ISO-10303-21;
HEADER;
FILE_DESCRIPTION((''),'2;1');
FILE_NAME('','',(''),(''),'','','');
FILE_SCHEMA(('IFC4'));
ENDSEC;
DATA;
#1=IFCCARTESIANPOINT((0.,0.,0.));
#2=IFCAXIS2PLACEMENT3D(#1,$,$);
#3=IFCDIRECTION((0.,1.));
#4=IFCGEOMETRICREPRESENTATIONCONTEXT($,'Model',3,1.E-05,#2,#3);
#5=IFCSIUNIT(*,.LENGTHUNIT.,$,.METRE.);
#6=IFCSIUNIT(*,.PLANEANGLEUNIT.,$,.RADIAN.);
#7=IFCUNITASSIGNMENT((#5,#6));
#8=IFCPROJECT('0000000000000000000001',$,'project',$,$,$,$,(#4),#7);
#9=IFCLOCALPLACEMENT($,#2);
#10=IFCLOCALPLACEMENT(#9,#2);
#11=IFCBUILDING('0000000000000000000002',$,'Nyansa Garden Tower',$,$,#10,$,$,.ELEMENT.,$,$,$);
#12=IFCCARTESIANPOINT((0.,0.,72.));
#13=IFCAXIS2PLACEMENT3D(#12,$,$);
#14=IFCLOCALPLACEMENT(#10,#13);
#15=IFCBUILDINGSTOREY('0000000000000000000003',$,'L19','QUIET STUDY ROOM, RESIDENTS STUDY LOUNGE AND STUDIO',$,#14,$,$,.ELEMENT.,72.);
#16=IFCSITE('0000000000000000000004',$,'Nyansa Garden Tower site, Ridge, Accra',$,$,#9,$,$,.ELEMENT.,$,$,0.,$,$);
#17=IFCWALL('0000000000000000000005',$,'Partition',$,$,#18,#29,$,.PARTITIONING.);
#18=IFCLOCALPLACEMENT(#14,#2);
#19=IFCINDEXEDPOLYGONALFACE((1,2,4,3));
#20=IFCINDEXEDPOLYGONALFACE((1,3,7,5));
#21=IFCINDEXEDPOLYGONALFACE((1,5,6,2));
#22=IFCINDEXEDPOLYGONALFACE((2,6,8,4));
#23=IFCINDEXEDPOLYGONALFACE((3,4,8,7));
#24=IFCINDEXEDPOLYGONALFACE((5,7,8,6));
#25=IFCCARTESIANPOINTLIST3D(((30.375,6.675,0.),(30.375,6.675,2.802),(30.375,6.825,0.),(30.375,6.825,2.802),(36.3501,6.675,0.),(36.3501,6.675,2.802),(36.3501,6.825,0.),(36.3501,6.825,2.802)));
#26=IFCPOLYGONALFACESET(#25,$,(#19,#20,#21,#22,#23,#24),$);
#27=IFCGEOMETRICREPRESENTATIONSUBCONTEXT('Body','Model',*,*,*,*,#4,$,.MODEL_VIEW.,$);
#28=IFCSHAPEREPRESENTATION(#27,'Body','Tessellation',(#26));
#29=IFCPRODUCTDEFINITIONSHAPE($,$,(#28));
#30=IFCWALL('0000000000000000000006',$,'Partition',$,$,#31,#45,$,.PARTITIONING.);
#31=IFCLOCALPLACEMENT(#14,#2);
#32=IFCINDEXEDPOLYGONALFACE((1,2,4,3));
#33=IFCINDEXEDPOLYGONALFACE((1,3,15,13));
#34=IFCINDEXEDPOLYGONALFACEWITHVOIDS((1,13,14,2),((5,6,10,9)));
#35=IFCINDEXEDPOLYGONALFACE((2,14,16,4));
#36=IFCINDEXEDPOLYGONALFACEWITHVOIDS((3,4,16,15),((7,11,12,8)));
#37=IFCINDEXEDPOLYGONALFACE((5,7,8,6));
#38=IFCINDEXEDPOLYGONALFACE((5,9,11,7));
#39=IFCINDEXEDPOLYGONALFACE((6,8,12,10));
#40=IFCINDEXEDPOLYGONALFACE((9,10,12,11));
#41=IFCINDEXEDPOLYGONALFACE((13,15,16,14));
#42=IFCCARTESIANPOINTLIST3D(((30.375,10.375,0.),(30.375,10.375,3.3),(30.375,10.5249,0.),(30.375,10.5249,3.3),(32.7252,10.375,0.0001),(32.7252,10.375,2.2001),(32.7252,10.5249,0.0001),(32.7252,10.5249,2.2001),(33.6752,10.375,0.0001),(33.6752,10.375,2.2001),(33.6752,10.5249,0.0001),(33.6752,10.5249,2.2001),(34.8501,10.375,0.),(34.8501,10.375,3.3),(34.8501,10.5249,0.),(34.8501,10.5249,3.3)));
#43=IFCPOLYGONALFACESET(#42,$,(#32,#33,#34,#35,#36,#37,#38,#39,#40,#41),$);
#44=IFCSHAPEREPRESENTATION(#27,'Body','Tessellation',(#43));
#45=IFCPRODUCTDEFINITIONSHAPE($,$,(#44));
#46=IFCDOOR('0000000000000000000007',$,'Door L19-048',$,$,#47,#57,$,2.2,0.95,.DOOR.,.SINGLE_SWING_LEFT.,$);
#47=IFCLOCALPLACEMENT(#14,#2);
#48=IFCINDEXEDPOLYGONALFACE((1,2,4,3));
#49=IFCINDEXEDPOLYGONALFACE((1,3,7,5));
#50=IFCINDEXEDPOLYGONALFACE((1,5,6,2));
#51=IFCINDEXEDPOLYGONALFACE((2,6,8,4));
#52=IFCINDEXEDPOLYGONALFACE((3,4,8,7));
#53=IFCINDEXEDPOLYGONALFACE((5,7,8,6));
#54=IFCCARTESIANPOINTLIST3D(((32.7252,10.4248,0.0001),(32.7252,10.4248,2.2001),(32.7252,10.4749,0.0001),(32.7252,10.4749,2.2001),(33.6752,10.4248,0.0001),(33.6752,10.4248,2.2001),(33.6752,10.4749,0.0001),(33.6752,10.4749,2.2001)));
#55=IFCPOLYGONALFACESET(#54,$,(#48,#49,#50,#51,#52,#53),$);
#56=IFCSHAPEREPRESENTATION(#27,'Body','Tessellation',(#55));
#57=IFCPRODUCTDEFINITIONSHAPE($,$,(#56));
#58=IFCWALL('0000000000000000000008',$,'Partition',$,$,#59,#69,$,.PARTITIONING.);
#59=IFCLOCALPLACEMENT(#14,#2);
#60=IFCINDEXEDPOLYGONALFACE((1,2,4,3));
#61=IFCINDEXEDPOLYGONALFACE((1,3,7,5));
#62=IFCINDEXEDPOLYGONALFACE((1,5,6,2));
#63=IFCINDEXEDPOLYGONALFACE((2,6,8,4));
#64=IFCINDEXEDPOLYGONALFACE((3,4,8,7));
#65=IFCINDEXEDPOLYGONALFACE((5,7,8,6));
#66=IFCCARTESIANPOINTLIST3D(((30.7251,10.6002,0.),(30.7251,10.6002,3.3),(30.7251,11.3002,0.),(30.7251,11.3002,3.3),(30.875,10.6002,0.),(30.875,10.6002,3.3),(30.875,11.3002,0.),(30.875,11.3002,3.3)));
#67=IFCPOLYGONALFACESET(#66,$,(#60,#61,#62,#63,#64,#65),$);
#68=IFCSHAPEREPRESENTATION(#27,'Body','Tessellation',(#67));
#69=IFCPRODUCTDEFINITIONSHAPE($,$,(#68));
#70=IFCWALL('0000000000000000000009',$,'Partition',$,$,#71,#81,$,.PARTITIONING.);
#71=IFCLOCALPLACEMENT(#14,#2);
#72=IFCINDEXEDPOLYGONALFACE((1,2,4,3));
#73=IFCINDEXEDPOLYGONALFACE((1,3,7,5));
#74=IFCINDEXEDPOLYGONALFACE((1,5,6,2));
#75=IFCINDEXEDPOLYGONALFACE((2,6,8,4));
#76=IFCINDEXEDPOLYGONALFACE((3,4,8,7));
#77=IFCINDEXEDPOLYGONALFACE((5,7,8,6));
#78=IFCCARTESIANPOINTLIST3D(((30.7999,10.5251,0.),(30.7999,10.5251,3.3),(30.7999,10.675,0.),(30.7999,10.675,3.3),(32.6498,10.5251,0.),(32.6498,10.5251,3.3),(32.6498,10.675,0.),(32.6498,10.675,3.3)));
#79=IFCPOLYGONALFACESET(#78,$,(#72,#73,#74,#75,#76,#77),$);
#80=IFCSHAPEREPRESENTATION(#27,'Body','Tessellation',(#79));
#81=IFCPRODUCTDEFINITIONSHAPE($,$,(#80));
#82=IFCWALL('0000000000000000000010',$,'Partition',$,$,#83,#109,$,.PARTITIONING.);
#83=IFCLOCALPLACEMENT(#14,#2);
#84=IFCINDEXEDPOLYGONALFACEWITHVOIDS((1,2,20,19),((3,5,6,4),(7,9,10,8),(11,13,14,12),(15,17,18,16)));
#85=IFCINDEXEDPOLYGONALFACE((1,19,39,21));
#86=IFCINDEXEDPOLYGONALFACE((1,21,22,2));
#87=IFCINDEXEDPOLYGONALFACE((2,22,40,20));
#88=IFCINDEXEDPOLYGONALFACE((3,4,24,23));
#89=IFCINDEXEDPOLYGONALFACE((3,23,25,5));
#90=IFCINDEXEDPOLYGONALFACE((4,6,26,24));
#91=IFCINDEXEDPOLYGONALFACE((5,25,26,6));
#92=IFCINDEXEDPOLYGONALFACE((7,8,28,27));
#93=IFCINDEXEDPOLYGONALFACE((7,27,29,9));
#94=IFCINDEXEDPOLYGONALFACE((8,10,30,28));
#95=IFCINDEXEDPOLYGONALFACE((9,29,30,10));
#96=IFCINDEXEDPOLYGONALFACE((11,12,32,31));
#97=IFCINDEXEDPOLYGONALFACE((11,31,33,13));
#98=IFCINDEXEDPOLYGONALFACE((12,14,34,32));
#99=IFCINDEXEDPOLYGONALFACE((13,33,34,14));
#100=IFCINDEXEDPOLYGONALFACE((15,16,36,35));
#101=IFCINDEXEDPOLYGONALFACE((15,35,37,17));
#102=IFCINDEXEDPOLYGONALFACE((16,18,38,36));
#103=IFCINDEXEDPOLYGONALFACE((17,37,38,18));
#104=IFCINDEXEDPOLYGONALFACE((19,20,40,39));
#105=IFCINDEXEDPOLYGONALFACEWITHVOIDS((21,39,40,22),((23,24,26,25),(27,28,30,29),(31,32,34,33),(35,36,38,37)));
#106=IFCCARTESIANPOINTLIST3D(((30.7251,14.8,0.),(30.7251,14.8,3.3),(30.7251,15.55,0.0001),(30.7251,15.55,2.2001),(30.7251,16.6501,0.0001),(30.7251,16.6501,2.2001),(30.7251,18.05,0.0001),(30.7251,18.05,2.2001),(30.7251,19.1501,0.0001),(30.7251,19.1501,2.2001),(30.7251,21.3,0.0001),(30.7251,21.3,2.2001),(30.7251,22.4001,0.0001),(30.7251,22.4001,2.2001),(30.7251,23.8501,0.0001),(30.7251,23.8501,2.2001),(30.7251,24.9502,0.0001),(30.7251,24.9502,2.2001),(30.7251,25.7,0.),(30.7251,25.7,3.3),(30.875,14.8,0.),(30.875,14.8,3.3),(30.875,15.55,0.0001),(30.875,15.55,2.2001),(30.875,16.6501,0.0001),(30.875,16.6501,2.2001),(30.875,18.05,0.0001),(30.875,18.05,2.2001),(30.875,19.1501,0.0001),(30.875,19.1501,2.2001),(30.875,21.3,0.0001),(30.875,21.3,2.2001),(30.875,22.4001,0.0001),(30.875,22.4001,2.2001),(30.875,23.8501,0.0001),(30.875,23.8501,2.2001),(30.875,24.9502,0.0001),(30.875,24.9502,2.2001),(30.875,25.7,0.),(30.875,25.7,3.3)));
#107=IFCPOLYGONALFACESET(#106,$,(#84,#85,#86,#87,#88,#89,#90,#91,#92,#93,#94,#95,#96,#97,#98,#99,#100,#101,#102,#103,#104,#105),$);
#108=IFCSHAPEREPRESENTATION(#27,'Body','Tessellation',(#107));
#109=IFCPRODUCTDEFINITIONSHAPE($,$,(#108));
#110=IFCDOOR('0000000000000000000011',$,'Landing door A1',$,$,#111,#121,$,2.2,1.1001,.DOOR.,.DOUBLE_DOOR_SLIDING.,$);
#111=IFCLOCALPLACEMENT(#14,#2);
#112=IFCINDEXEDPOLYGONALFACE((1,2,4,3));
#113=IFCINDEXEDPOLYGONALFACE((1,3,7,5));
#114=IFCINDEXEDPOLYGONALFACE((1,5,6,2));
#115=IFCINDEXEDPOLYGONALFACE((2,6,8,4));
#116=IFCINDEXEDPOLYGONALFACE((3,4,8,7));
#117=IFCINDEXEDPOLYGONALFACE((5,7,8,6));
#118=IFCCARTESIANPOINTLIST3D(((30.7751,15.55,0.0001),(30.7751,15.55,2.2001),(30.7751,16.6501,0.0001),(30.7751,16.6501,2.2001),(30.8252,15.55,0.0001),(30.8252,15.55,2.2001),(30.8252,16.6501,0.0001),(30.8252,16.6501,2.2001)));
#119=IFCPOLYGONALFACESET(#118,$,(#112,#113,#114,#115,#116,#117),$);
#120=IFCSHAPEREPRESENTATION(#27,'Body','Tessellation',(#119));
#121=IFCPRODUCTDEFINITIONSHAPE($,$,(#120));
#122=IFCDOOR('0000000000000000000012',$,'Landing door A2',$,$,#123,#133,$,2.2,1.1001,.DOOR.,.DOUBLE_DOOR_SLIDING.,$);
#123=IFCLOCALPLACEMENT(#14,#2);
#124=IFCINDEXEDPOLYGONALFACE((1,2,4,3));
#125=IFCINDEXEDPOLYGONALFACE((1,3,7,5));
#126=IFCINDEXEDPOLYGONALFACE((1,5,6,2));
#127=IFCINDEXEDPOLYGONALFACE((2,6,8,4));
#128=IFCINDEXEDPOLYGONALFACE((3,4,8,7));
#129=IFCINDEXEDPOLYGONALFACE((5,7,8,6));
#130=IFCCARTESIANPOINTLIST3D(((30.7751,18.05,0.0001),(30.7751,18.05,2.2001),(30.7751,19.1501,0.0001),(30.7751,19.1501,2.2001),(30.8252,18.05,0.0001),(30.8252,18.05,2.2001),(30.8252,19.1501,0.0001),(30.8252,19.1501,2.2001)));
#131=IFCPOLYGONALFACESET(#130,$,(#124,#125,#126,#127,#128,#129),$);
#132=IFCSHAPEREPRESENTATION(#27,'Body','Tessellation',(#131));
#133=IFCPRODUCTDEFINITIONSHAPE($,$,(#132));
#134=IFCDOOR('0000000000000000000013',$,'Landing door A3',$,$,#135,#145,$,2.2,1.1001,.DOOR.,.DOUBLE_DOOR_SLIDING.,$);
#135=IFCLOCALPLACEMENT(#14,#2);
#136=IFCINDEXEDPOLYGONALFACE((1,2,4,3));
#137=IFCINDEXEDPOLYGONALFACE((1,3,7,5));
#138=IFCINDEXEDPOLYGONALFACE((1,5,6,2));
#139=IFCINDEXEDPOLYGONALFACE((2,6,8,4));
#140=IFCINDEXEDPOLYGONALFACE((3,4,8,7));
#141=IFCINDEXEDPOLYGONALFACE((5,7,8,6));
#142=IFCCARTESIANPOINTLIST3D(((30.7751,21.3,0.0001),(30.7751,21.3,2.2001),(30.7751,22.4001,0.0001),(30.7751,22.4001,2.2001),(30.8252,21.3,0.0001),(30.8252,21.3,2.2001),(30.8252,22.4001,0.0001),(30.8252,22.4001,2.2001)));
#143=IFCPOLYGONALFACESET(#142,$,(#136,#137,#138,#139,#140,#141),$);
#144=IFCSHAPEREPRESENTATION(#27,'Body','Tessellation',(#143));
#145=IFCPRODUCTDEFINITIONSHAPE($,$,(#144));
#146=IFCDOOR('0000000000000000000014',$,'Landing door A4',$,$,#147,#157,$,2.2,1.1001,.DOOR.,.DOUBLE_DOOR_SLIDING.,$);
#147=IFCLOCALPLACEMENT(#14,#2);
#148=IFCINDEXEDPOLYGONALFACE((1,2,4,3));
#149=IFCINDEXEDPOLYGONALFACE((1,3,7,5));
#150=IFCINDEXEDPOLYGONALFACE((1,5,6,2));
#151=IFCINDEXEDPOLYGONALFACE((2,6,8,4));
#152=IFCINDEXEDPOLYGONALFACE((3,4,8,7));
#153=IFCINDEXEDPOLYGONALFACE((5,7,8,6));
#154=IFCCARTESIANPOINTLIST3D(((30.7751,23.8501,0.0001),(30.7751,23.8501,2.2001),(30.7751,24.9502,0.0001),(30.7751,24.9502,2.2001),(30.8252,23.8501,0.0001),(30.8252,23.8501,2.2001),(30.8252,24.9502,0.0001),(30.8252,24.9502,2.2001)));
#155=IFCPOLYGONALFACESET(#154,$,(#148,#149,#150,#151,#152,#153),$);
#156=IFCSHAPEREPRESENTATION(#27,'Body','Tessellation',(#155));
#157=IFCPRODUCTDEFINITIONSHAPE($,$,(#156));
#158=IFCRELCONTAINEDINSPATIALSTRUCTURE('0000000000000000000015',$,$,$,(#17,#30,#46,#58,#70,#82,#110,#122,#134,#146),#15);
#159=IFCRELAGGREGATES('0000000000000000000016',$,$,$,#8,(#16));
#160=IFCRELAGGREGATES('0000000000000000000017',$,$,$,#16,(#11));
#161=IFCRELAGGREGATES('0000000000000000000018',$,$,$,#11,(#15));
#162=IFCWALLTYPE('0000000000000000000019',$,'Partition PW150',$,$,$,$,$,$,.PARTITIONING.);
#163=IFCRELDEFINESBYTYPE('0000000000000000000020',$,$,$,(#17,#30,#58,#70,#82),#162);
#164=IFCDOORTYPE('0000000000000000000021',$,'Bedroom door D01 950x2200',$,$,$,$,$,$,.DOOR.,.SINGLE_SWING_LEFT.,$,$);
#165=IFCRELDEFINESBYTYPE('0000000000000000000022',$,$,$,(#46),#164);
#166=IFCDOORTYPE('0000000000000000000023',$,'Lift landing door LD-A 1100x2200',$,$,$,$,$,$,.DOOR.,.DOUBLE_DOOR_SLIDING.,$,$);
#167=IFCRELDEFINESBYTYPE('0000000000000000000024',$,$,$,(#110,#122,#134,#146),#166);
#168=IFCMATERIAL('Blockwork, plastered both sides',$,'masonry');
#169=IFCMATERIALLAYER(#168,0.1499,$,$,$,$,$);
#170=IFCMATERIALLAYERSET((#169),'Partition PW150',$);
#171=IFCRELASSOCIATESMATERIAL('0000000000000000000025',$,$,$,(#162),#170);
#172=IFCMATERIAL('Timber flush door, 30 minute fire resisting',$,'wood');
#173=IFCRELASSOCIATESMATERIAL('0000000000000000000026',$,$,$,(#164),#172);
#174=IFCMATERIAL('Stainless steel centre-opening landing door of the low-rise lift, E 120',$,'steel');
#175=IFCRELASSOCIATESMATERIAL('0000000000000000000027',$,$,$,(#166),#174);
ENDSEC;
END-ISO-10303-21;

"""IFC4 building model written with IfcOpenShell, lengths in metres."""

from ifc_helpers import new_model, si_unit, direction, frame, frame_2d, origin, place, context, subcontext, project, spatial, rectangle, extrude, material, layer, layer_set, type_object, element, fill, save


model = new_model("IFC4")

# Units and contexts
model_context = context("Model", 3, precision=1e-05, world=origin(), true_north=direction((0.0, 1.0)))
body_context = subcontext(model_context, "Body", "Model", "MODEL_VIEW")
ifc_project = project(units=[si_unit("LENGTHUNIT", "METRE"), si_unit("PLANEANGLEUNIT", "RADIAN")], contexts=[model_context])

# Site, building, storey
site_placement = place(None, origin())
site = spatial("IfcSite", under=ifc_project, at=site_placement, Name="Nyansa Garden Tower site, Ridge, Accra", CompositionType="ELEMENT", RefElevation=0.0)
building_placement = place(site_placement, origin())
building = spatial("IfcBuilding", under=site, at=building_placement, Name="Nyansa Garden Tower", CompositionType="ELEMENT")
storey_placement = place(building_placement, frame((0.0, 0.0, 72.0)))
storey = spatial("IfcBuildingStorey", under=building, at=storey_placement, Name="L19", Description="QUIET STUDY ROOM, RESIDENTS STUDY LOUNGE AND STUDIO", CompositionType="ELEMENT", Elevation=72.0)

# Wall
ifc_material_1 = material(Name="Blockwork, plastered both sides", Category="masonry")
ifc_layer_1 = layer(ifc_material_1, 0.1499)
ifc_layer_set_1 = layer_set([ifc_layer_1], Name="Partition PW150")
wall_type_1 = type_object("IfcWallType", Name="Partition PW150", PredefinedType="PARTITIONING", material=ifc_layer_set_1)
wall_1_placement = place(storey_placement, frame((30.375, 6.75, 0.0), z_axis=(0.0, 0.0, 1.0), x_axis=(1.0, 0.0, 0.0)))
element("IfcWall", 1, at=wall_1_placement, inside=storey, type_object=wall_type_1, Name="Partition", PredefinedType="PARTITIONING", context=body_context, shape_type="SweptSolid", body=[
    extrude(rectangle(XDim=5.9751, YDim=0.1499, at=frame_2d((2.9875, 0.0))), origin(), (0.0, 0.0, 1.0), 2.802),
])

# Wall, opening, door
wall_2_placement = place(storey_placement, frame((30.375, 10.45, 0.0), z_axis=(0.0, 0.0, 1.0), x_axis=(1.0, 0.0, 0.0)))
wall_2 = element("IfcWall", 2, at=wall_2_placement, inside=storey, type_object=wall_type_1, Name="Partition", PredefinedType="PARTITIONING", context=body_context, shape_type="SweptSolid", body=[
    extrude(rectangle(XDim=4.4751, YDim=0.1499, at=frame_2d((2.2375, 0.0))), origin(), (0.0, 0.0, 1.0), 3.3),
])
opening_1_placement = place(wall_2_placement, frame((2.3501, 0.0, 0.0)))
opening_1 = element("IfcOpeningElement", 3, at=opening_1_placement, cuts=wall_2, PredefinedType="OPENING", context=body_context, shape_type="SweptSolid", body=[
    extrude(rectangle(XDim=0.95, YDim=2.2, at=frame_2d((0.4751, 1.1001))), frame((0.0, 0.085, 0.0), z_axis=(0.0, -1.0, 0.0), x_axis=(1.0, 0.0, 0.0)), (0.0, 0.0, 1.0), 0.1699),
])
ifc_material_2 = material(Name="Timber flush door, 30 minute fire resisting", Category="wood")
door_type_1 = type_object("IfcDoorType", Name="Bedroom door D01 950x2200", OperationType="SINGLE_SWING_LEFT", PredefinedType="DOOR", material=ifc_material_2)
door_1_placement = place(opening_1_placement, origin())
door_1 = element("IfcDoor", 4, at=door_1_placement, inside=storey, type_object=door_type_1, Name="Door L19-048", OperationType="SINGLE_SWING_LEFT", OverallHeight=2.2, OverallWidth=0.95, PredefinedType="DOOR", context=body_context, shape_type="SweptSolid", body=[
    extrude(rectangle(XDim=0.95, YDim=2.2, at=frame_2d((0.4751, 1.1001))), frame((0.0, 0.0249, 0.0), z_axis=(0.0, -1.0, 0.0), x_axis=(1.0, 0.0, 0.0)), (0.0, 0.0, 1.0), 0.05),
])
fill(opening_1, door_1)

# Walls
wall_3_placement = place(storey_placement, frame((30.8, 10.6001, 0.0), z_axis=(0.0, 0.0, 1.0), x_axis=(0.0, 1.0, 0.0)))
element("IfcWall", 5, at=wall_3_placement, inside=storey, type_object=wall_type_1, Name="Partition", PredefinedType="PARTITIONING", context=body_context, shape_type="SweptSolid", body=[
    extrude(rectangle(XDim=0.7, YDim=0.1499, at=frame_2d((0.3501, 0.0))), origin(), (0.0, 0.0, 1.0), 3.3),
])
wall_4_placement = place(storey_placement, frame((30.8, 10.6001, 0.0), z_axis=(0.0, 0.0, 1.0), x_axis=(1.0, 0.0, 0.0)))
element("IfcWall", 6, at=wall_4_placement, inside=storey, type_object=wall_type_1, Name="Partition", PredefinedType="PARTITIONING", context=body_context, shape_type="SweptSolid", body=[
    extrude(rectangle(XDim=1.8499, YDim=0.1499, at=frame_2d((0.9248, 0.0))), origin(), (0.0, 0.0, 1.0), 3.3),
])

# Wall, openings, doors
wall_5_placement = place(storey_placement, frame((30.8, 14.8, 0.0), z_axis=(0.0, 0.0, 1.0), x_axis=(0.0, 1.0, 0.0)))
wall_5 = element("IfcWall", 7, at=wall_5_placement, inside=storey, type_object=wall_type_1, Name="Partition", PredefinedType="PARTITIONING", context=body_context, shape_type="SweptSolid", body=[
    extrude(rectangle(XDim=10.8999, YDim=0.1499, at=frame_2d((5.45, 0.0))), origin(), (0.0, 0.0, 1.0), 3.3),
])
opening_2_placement = place(wall_5_placement, frame((0.75, 0.0, 0.0)))
opening_2 = element("IfcOpeningElement", 8, at=opening_2_placement, cuts=wall_5, PredefinedType="OPENING", context=body_context, shape_type="SweptSolid", body=[
    extrude(rectangle(XDim=1.1001, YDim=2.2, at=frame_2d((0.55, 1.1001))), frame((0.0, 0.085, 0.0), z_axis=(0.0, -1.0, 0.0), x_axis=(1.0, 0.0, 0.0)), (0.0, 0.0, 1.0), 0.1699),
])
opening_3_placement = place(wall_5_placement, frame((3.25, 0.0, 0.0)))
opening_3 = element("IfcOpeningElement", 9, at=opening_3_placement, cuts=wall_5, PredefinedType="OPENING", context=body_context, shape_type="SweptSolid", body=[
    extrude(rectangle(XDim=1.1001, YDim=2.2, at=frame_2d((0.55, 1.1001))), frame((0.0, 0.085, 0.0), z_axis=(0.0, -1.0, 0.0), x_axis=(1.0, 0.0, 0.0)), (0.0, 0.0, 1.0), 0.1699),
])
opening_4_placement = place(wall_5_placement, frame((6.5, 0.0, 0.0)))
opening_4 = element("IfcOpeningElement", 10, at=opening_4_placement, cuts=wall_5, PredefinedType="OPENING", context=body_context, shape_type="SweptSolid", body=[
    extrude(rectangle(XDim=1.1001, YDim=2.2, at=frame_2d((0.55, 1.1001))), frame((0.0, 0.085, 0.0), z_axis=(0.0, -1.0, 0.0), x_axis=(1.0, 0.0, 0.0)), (0.0, 0.0, 1.0), 0.1699),
])
opening_5_placement = place(wall_5_placement, frame((9.05, 0.0, 0.0)))
opening_5 = element("IfcOpeningElement", 11, at=opening_5_placement, cuts=wall_5, PredefinedType="OPENING", context=body_context, shape_type="SweptSolid", body=[
    extrude(rectangle(XDim=1.1001, YDim=2.2, at=frame_2d((0.55, 1.1001))), frame((0.0, 0.085, 0.0), z_axis=(0.0, -1.0, 0.0), x_axis=(1.0, 0.0, 0.0)), (0.0, 0.0, 1.0), 0.1699),
])
ifc_material_3 = material(Name="Stainless steel centre-opening landing door of the low-rise lift, E 120", Category="steel")
door_type_2 = type_object("IfcDoorType", Name="Lift landing door LD-A 1100x2200", OperationType="DOUBLE_DOOR_SLIDING", PredefinedType="DOOR", material=ifc_material_3)
door_2_placement = place(opening_2_placement, origin())
door_2 = element("IfcDoor", 12, at=door_2_placement, inside=storey, type_object=door_type_2, Name="Landing door A1", OperationType="DOUBLE_DOOR_SLIDING", OverallHeight=2.2, OverallWidth=1.1001, PredefinedType="DOOR", context=body_context, shape_type="SweptSolid", body=[
    extrude(rectangle(XDim=1.1001, YDim=2.2, at=frame_2d((0.55, 1.1001))), frame((0.0, 0.0249, 0.0), z_axis=(0.0, -1.0, 0.0), x_axis=(1.0, 0.0, 0.0)), (0.0, 0.0, 1.0), 0.05),
])
fill(opening_2, door_2)
door_3_placement = place(opening_3_placement, origin())
door_3 = element("IfcDoor", 13, at=door_3_placement, inside=storey, type_object=door_type_2, Name="Landing door A2", OperationType="DOUBLE_DOOR_SLIDING", OverallHeight=2.2, OverallWidth=1.1001, PredefinedType="DOOR", context=body_context, shape_type="SweptSolid", body=[
    extrude(rectangle(XDim=1.1001, YDim=2.2, at=frame_2d((0.55, 1.1001))), frame((0.0, 0.0249, 0.0), z_axis=(0.0, -1.0, 0.0), x_axis=(1.0, 0.0, 0.0)), (0.0, 0.0, 1.0), 0.05),
])
fill(opening_3, door_3)
door_4_placement = place(opening_4_placement, origin())
door_4 = element("IfcDoor", 14, at=door_4_placement, inside=storey, type_object=door_type_2, Name="Landing door A3", OperationType="DOUBLE_DOOR_SLIDING", OverallHeight=2.2, OverallWidth=1.1001, PredefinedType="DOOR", context=body_context, shape_type="SweptSolid", body=[
    extrude(rectangle(XDim=1.1001, YDim=2.2, at=frame_2d((0.55, 1.1001))), frame((0.0, 0.0249, 0.0), z_axis=(0.0, -1.0, 0.0), x_axis=(1.0, 0.0, 0.0)), (0.0, 0.0, 1.0), 0.05),
])
fill(opening_4, door_4)
door_5_placement = place(opening_5_placement, origin())
door_5 = element("IfcDoor", 15, at=door_5_placement, inside=storey, type_object=door_type_2, Name="Landing door A4", OperationType="DOUBLE_DOOR_SLIDING", OverallHeight=2.2, OverallWidth=1.1001, PredefinedType="DOOR", context=body_context, shape_type="SweptSolid", body=[
    extrude(rectangle(XDim=1.1001, YDim=2.2, at=frame_2d((0.55, 1.1001))), frame((0.0, 0.0249, 0.0), z_axis=(0.0, -1.0, 0.0), x_axis=(1.0, 0.0, 0.0)), (0.0, 0.0, 1.0), 0.05),
])
fill(opening_5, door_5)

save(model, "model.ifc")
